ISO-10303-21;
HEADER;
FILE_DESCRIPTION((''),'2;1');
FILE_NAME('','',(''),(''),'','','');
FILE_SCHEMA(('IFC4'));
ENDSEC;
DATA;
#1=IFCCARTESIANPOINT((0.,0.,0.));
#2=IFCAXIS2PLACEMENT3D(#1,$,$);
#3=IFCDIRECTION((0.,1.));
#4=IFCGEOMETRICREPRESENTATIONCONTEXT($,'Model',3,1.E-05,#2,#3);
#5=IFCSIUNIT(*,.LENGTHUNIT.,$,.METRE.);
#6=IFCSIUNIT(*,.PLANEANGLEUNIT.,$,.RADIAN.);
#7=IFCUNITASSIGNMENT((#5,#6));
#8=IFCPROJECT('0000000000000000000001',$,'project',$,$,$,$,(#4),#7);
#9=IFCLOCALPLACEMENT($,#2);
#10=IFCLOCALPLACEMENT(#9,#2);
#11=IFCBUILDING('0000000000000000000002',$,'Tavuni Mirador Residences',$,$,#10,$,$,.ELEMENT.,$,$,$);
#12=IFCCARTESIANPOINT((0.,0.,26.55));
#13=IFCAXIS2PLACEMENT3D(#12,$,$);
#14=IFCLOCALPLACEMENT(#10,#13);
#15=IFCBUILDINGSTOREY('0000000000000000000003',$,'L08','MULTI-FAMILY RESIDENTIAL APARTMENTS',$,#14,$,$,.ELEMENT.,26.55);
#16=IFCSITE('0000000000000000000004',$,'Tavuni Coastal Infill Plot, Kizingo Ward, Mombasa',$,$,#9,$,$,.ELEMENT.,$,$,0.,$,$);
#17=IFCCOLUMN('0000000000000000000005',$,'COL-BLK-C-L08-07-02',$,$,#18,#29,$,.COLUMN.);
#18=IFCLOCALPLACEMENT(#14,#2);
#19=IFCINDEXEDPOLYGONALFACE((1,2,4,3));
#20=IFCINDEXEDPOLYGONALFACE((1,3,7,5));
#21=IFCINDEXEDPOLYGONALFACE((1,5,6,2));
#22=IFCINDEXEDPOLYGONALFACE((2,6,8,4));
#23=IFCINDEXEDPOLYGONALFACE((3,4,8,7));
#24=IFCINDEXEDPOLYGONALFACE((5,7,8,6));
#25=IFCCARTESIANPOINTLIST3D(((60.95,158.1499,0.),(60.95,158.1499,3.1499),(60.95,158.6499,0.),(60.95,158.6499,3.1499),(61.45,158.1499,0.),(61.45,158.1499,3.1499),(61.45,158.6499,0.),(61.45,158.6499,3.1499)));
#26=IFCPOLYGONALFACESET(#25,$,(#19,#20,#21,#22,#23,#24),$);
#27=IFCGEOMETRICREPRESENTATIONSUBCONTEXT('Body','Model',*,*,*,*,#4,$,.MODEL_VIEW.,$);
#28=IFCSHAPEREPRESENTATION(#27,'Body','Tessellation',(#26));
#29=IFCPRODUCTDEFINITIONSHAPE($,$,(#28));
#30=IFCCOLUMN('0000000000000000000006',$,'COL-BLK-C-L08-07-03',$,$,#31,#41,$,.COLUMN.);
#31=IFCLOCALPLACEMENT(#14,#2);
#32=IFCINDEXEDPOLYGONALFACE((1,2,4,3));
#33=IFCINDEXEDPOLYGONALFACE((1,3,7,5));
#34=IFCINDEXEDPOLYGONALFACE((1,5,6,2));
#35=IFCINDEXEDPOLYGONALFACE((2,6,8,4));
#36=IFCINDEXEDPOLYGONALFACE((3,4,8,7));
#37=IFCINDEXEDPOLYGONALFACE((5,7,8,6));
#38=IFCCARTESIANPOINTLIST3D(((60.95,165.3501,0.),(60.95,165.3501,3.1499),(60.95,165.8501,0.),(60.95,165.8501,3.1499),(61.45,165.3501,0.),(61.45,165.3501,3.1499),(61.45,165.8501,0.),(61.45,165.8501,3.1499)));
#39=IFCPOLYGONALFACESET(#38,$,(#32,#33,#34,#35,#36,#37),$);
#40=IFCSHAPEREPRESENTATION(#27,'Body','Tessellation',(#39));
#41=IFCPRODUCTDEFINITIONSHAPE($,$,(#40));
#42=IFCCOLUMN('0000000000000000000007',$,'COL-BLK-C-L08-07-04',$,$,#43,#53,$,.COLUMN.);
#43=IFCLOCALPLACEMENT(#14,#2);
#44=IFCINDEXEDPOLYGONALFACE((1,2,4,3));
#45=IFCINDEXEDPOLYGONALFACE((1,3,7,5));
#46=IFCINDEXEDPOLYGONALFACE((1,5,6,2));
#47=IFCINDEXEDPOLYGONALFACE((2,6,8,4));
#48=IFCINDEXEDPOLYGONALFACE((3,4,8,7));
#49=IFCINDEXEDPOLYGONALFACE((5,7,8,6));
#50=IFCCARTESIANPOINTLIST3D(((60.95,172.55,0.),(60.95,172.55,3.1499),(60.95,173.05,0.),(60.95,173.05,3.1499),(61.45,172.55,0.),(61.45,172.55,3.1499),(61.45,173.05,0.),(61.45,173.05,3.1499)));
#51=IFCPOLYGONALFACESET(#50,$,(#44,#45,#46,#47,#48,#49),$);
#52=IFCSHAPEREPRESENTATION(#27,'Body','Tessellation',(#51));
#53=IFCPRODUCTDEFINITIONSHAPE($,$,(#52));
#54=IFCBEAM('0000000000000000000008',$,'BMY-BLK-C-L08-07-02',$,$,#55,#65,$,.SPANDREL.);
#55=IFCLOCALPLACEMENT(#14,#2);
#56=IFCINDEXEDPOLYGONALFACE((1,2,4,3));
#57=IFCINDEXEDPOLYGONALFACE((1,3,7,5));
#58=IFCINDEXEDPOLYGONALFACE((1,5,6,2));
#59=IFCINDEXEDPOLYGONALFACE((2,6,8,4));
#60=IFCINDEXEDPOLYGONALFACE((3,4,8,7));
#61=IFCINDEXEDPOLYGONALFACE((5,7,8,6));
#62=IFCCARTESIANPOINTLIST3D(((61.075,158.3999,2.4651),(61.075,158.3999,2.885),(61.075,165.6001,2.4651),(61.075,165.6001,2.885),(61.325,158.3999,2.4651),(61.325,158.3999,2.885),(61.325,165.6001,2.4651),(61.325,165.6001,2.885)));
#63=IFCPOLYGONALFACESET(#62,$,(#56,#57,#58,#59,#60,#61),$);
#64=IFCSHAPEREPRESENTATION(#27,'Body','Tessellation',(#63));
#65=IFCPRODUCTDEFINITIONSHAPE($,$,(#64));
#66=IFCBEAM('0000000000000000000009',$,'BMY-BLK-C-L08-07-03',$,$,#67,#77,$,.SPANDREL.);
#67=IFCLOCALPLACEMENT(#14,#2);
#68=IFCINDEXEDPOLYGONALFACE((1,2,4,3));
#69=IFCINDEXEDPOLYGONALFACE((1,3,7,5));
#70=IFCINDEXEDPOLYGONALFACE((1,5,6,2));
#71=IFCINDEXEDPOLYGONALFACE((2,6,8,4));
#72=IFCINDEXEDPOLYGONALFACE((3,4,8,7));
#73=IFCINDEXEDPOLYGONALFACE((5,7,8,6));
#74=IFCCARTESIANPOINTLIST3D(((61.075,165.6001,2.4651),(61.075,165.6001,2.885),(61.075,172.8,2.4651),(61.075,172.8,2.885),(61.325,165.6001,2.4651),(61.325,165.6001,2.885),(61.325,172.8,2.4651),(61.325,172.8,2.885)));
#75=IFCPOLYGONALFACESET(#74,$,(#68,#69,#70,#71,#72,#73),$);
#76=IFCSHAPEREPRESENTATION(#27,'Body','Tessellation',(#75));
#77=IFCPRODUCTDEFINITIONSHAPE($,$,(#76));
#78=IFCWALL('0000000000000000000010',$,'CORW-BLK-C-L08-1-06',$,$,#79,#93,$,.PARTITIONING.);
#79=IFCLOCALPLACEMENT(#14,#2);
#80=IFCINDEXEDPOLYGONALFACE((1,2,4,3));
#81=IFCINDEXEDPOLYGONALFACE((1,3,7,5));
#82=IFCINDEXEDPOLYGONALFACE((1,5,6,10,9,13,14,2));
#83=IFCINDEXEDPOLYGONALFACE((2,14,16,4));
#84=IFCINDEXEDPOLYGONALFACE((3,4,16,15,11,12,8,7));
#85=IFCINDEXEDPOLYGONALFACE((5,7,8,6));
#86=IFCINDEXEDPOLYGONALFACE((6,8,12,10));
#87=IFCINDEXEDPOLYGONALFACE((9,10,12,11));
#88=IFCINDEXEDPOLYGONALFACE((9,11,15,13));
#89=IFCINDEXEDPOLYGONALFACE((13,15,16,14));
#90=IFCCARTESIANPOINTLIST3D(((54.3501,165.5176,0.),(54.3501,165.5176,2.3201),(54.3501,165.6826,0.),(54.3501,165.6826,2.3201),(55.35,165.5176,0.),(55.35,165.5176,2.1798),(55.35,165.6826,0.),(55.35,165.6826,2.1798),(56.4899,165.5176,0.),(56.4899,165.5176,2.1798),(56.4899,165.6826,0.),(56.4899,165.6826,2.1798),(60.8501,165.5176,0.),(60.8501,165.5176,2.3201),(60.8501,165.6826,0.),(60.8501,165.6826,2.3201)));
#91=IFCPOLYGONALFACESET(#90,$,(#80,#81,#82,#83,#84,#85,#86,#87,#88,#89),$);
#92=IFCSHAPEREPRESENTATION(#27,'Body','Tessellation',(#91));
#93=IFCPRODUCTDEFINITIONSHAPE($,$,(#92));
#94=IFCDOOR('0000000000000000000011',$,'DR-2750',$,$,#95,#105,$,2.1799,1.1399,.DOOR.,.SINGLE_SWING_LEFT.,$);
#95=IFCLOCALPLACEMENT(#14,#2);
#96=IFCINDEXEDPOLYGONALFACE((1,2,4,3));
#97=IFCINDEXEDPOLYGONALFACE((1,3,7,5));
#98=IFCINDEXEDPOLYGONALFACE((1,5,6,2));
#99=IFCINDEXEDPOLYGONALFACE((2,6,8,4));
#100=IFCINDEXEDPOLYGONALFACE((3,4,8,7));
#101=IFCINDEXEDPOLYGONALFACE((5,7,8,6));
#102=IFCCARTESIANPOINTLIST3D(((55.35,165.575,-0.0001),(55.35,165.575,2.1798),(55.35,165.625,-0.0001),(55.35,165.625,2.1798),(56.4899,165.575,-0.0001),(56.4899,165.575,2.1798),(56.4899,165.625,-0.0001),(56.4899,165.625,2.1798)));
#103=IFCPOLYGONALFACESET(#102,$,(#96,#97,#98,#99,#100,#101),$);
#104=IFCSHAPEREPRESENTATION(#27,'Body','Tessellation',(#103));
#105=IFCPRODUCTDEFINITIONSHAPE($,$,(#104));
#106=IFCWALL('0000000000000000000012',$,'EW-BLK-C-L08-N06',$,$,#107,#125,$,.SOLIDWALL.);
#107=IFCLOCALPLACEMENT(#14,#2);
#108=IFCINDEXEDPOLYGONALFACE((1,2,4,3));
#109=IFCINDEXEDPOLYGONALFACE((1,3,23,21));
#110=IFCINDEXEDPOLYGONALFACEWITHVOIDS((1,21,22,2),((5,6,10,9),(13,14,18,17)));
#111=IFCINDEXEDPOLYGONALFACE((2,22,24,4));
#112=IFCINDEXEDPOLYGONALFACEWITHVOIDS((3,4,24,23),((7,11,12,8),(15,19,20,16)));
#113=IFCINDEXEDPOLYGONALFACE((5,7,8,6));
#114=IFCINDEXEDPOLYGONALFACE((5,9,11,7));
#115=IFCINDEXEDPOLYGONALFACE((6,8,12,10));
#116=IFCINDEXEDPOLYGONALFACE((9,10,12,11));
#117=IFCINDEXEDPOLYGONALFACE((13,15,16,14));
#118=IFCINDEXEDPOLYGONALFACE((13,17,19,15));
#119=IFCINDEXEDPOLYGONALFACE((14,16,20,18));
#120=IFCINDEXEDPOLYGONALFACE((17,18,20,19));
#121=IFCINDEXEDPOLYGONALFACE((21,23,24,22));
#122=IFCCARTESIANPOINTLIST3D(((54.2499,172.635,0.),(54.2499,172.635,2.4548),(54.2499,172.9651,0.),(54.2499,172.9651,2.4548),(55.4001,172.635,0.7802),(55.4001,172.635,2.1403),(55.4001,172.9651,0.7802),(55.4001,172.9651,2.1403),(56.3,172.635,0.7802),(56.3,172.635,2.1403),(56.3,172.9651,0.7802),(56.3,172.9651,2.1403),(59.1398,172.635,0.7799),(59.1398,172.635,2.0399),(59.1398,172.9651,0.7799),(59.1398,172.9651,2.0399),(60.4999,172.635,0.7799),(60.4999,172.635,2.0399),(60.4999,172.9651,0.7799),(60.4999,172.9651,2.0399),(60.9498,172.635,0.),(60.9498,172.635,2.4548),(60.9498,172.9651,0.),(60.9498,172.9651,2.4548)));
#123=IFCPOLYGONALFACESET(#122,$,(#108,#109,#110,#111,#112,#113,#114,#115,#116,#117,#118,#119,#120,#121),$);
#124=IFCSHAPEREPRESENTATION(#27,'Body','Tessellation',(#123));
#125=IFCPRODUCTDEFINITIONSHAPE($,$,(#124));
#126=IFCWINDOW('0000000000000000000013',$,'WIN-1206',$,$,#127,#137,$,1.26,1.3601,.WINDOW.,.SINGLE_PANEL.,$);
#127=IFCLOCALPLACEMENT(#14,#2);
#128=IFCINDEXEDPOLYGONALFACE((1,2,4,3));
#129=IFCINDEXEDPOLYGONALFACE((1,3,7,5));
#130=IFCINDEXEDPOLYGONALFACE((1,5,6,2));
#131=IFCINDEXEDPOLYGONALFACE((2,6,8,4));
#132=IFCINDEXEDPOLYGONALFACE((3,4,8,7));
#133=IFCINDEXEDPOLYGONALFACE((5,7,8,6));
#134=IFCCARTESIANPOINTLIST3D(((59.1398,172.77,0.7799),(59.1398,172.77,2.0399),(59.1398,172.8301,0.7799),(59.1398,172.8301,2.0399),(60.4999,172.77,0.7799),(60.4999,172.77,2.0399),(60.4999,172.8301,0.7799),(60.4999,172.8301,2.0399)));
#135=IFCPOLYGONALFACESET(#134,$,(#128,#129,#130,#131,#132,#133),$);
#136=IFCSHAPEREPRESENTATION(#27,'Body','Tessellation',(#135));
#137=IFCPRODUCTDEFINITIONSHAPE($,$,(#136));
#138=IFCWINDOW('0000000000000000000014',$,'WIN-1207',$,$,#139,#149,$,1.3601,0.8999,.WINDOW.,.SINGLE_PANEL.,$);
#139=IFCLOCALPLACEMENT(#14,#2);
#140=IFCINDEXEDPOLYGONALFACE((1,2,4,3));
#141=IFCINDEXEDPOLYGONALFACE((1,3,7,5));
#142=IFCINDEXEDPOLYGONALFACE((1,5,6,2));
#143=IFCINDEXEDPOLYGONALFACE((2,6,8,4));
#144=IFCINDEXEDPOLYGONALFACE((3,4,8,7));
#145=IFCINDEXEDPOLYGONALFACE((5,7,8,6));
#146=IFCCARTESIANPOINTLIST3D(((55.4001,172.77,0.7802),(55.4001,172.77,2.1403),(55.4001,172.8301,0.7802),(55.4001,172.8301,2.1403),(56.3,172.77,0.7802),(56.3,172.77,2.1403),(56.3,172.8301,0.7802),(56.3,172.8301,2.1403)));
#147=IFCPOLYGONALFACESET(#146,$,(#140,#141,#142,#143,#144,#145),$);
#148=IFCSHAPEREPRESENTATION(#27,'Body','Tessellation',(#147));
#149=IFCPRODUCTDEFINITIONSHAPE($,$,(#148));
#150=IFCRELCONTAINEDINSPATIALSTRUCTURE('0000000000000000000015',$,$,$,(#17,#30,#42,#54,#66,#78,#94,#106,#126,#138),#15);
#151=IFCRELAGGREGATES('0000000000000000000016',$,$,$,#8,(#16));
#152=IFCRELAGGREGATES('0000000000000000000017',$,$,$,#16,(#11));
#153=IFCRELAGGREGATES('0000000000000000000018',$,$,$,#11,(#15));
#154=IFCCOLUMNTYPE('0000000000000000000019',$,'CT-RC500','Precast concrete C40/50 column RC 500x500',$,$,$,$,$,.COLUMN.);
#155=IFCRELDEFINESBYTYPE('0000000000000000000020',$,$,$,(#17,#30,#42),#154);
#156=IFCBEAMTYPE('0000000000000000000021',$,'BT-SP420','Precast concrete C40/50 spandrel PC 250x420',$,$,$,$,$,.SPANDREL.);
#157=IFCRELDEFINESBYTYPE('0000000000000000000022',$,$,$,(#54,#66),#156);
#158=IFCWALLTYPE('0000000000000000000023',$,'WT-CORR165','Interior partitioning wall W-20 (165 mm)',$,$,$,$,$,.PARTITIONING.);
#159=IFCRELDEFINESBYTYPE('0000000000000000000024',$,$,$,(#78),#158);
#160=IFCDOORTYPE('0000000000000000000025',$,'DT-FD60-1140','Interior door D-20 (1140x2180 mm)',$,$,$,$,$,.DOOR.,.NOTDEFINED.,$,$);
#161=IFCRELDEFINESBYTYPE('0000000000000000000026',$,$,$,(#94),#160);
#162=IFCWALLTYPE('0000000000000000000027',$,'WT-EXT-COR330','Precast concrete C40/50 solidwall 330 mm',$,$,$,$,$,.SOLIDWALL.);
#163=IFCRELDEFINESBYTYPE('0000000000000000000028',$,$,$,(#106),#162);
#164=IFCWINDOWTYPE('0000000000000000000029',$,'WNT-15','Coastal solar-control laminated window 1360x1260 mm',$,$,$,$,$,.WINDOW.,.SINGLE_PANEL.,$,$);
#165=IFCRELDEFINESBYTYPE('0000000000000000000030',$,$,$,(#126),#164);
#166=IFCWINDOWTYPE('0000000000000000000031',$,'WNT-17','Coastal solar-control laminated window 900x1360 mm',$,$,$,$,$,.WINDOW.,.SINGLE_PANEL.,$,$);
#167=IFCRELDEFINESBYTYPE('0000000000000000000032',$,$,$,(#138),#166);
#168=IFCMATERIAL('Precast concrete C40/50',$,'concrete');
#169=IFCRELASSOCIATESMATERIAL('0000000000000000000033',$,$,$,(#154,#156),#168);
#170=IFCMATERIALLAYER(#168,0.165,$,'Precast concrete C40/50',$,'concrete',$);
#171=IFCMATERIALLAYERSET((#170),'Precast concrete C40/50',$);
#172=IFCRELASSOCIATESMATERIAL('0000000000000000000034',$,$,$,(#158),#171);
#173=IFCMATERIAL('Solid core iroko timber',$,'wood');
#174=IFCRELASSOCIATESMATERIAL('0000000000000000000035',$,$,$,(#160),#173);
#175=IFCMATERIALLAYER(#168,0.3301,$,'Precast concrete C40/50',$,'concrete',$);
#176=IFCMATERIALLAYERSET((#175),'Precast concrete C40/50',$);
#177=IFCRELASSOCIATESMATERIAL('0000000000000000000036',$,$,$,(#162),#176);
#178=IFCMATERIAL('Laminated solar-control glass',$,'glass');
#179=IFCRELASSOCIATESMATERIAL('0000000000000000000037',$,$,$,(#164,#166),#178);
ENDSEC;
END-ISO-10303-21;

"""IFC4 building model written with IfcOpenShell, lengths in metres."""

from ifc_helpers import new_model, si_unit, direction, frame, frame_2d, origin, origin_2d, place, context, subcontext, project, spatial, rectangle, extrude, material, layer, layer_set, material_profile, profile_set, type_object, element, fill, save


model = new_model("IFC4")

# Units and contexts
model_context = context("Model", 3, precision=1e-05, world=origin(), true_north=direction((0.0, 1.0)))
body_context = subcontext(model_context, "Body", "Model", "MODEL_VIEW")
ifc_project = project(units=[si_unit("LENGTHUNIT", "METRE"), si_unit("PLANEANGLEUNIT", "RADIAN")], contexts=[model_context])

# Site, building, storey
site_placement = place(None, origin())
site = spatial("IfcSite", under=ifc_project, at=site_placement, Name="Tavuni Coastal Infill Plot, Kizingo Ward, Mombasa", CompositionType="ELEMENT", RefElevation=0.0)
building_placement = place(site_placement, origin())
building = spatial("IfcBuilding", under=site, at=building_placement, Name="Tavuni Mirador Residences", CompositionType="ELEMENT")
storey_placement = place(building_placement, frame((0.0, 0.0, 26.55)))
storey = spatial("IfcBuildingStorey", under=building, at=storey_placement, Name="L08", Description="MULTI-FAMILY RESIDENTIAL APARTMENTS", CompositionType="ELEMENT", Elevation=26.55)

# Columns
ifc_material_1 = material(Name="Precast concrete C40/50", Category="concrete")
ifc_material_profile_1 = material_profile(ifc_material_1, rectangle(XDim=0.5, YDim=0.5, at=origin_2d()), Name="RC 500x500", Category="concrete")
ifc_profile_set_1 = profile_set([ifc_material_profile_1], Name="Precast concrete C40/50")
column_type = type_object("IfcColumnType", Name="CT-RC500", Description="Precast concrete C40/50 column RC 500x500", PredefinedType="COLUMN", material=ifc_profile_set_1)
for number, where, z_axis, x_axis, name in (
    (1, (61.2, 158.3999, 0.0), (0.0, 0.0, 1.0), (1.0, 0.0, 0.0), "COL-BLK-C-L08-07-02"),
    (2, (61.2, 165.6001, 0.0), (0.0, 0.0, 1.0), (1.0, 0.0, 0.0), "COL-BLK-C-L08-07-03"),
    (3, (61.2, 172.8, 0.0), (0.0, 0.0, 1.0), (1.0, 0.0, 0.0), "COL-BLK-C-L08-07-04"),
):
    element("IfcColumn", number, at=place(storey_placement, frame(where, z_axis=z_axis, x_axis=x_axis)), inside=storey, type_object=column_type, Name=name, PredefinedType="COLUMN", context=body_context, shape_type="SweptSolid", body=[
        extrude(rectangle(XDim=0.5, YDim=0.5, at=origin_2d()), origin(), (0.0, 0.0, 1.0), 3.1499),
    ])

# Beams
ifc_material_profile_2 = material_profile(ifc_material_1, rectangle(XDim=0.25, YDim=0.4199, at=origin_2d()), Name="PC 250x420", Category="concrete")
ifc_profile_set_2 = profile_set([ifc_material_profile_2], Name="Precast concrete C40/50")
beam_type = type_object("IfcBeamType", Name="BT-SP420", Description="Precast concrete C40/50 spandrel PC 250x420", PredefinedType="SPANDREL", material=ifc_profile_set_2)
beam_1_placement = place(storey_placement, frame((61.2, 158.3999, 2.675), z_axis=(0.0, 1.0, 0.0), x_axis=(-1.0, 0.0, 0.0)))
element("IfcBeam", 4, at=beam_1_placement, inside=storey, type_object=beam_type, Name="BMY-BLK-C-L08-07-02", PredefinedType="SPANDREL", context=body_context, shape_type="SweptSolid", body=[
    extrude(rectangle(XDim=0.25, YDim=0.4199, at=origin_2d()), origin(), (0.0, 0.0, 1.0), 7.2002),
])
beam_2_placement = place(storey_placement, frame((61.2, 165.6001, 2.675), z_axis=(0.0, 1.0, 0.0), x_axis=(-1.0, 0.0, 0.0)))
element("IfcBeam", 5, at=beam_2_placement, inside=storey, type_object=beam_type, Name="BMY-BLK-C-L08-07-03", PredefinedType="SPANDREL", context=body_context, shape_type="SweptSolid", body=[
    extrude(rectangle(XDim=0.25, YDim=0.4199, at=origin_2d()), origin(), (0.0, 0.0, 1.0), 7.2),
])

# Wall, opening, door
ifc_layer_1 = layer(ifc_material_1, 0.165, Name="Precast concrete C40/50", Category="concrete")
ifc_layer_set_1 = layer_set([ifc_layer_1], Name="Precast concrete C40/50")
wall_type_1 = type_object("IfcWallType", Name="WT-CORR165", Description="Interior partitioning wall W-20 (165 mm)", PredefinedType="PARTITIONING", material=ifc_layer_set_1)
wall_1_placement = place(storey_placement, frame((54.3501, 165.6001, 0.0), z_axis=(0.0, 0.0, 1.0), x_axis=(1.0, 0.0, 0.0)))
wall_1 = element("IfcWall", 6, at=wall_1_placement, inside=storey, type_object=wall_type_1, Name="CORW-BLK-C-L08-1-06", PredefinedType="PARTITIONING", context=body_context, shape_type="SweptSolid", body=[
    extrude(rectangle(XDim=6.5, YDim=0.165, at=frame_2d((3.25, 0.0))), origin(), (0.0, 0.0, 1.0), 2.3201),
])
opening_1_placement = place(wall_1_placement, frame((1.0, 0.0, 0.0)))
opening_1 = element("IfcOpeningElement", 7, at=opening_1_placement, cuts=wall_1, PredefinedType="OPENING", context=body_context, shape_type="SweptSolid", body=[
    extrude(rectangle(XDim=1.1399, YDim=2.1799, at=frame_2d((0.5698, 1.0898))), frame((0.0, 0.0925, 0.0), z_axis=(0.0, -1.0, 0.0), x_axis=(1.0, 0.0, 0.0)), (0.0, 0.0, 1.0), 0.1851),
])
ifc_material_2 = material(Name="Solid core iroko timber", Category="wood")
door_type_1 = type_object("IfcDoorType", Name="DT-FD60-1140", Description="Interior door D-20 (1140x2180 mm)", OperationType="NOTDEFINED", PredefinedType="DOOR", material=ifc_material_2)
door_1_placement = place(opening_1_placement, origin())
door_1 = element("IfcDoor", 8, at=door_1_placement, inside=storey, type_object=door_type_1, Name="DR-2750", OperationType="SINGLE_SWING_LEFT", OverallHeight=2.1799, OverallWidth=1.1399, PredefinedType="DOOR", context=body_context, shape_type="SweptSolid", body=[
    extrude(rectangle(XDim=1.1399, YDim=2.1799, at=frame_2d((0.5698, 1.0898))), frame((0.0, 0.0249, 0.0), z_axis=(0.0, -1.0, 0.0), x_axis=(1.0, 0.0, 0.0)), (0.0, 0.0, 1.0), 0.05),
])
fill(opening_1, door_1)

# Wall, openings, windows
ifc_layer_2 = layer(ifc_material_1, 0.3301, Name="Precast concrete C40/50", Category="concrete")
ifc_layer_set_2 = layer_set([ifc_layer_2], Name="Precast concrete C40/50")
wall_type_2 = type_object("IfcWallType", Name="WT-EXT-COR330", Description="Precast concrete C40/50 solidwall 330 mm", PredefinedType="SOLIDWALL", material=ifc_layer_set_2)
wall_2_placement = place(storey_placement, frame((60.95, 172.8, 0.0), z_axis=(0.0, 0.0, 1.0), x_axis=(-1.0, 0.0, 0.0)))
wall_2 = element("IfcWall", 9, at=wall_2_placement, inside=storey, type_object=wall_type_2, Name="EW-BLK-C-L08-N06", PredefinedType="SOLIDWALL", context=body_context, shape_type="SweptSolid", body=[
    extrude(rectangle(XDim=6.7, YDim=0.3301, at=frame_2d((3.3501, 0.0))), origin(), (0.0, 0.0, 1.0), 2.4548),
])
opening_2_placement = place(wall_2_placement, frame((0.45, 0.0, 0.78)))
opening_2 = element("IfcOpeningElement", 10, at=opening_2_placement, cuts=wall_2, PredefinedType="OPENING", context=body_context, shape_type="SweptSolid", body=[
    extrude(rectangle(XDim=1.3601, YDim=1.26, at=frame_2d((0.6802, 0.6299))), frame((0.0, 0.175, 0.0), z_axis=(0.0, -1.0, 0.0), x_axis=(1.0, 0.0, 0.0)), (0.0, 0.0, 1.0), 0.3501),
])
opening_3_placement = place(wall_2_placement, frame((4.6499, 0.0, 0.78)))
opening_3 = element("IfcOpeningElement", 11, at=opening_3_placement, cuts=wall_2, PredefinedType="OPENING", context=body_context, shape_type="SweptSolid", body=[
    extrude(rectangle(XDim=0.8999, YDim=1.3601, at=frame_2d((0.45, 0.6802))), frame((0.0, 0.175, 0.0), z_axis=(0.0, -1.0, 0.0), x_axis=(1.0, 0.0, 0.0)), (0.0, 0.0, 1.0), 0.3501),
])
ifc_material_3 = material(Name="Laminated solar-control glass", Category="glass")
window_type_1 = type_object("IfcWindowType", Name="WNT-15", Description="Coastal solar-control laminated window 1360x1260 mm", PartitioningType="SINGLE_PANEL", PredefinedType="WINDOW", material=ifc_material_3)
window_1_placement = place(opening_2_placement, origin())
window_1 = element("IfcWindow", 12, at=window_1_placement, inside=storey, type_object=window_type_1, Name="WIN-1206", OverallHeight=1.26, OverallWidth=1.3601, PartitioningType="SINGLE_PANEL", PredefinedType="WINDOW", context=body_context, shape_type="SweptSolid", body=[
    extrude(rectangle(XDim=1.3601, YDim=1.26, at=frame_2d((0.6802, 0.6299))), frame((0.0, 0.03, 0.0), z_axis=(0.0, -1.0, 0.0), x_axis=(1.0, 0.0, 0.0)), (0.0, 0.0, 1.0), 0.0601),
])
fill(opening_2, window_1)
window_type_2 = type_object("IfcWindowType", Name="WNT-17", Description="Coastal solar-control laminated window 900x1360 mm", PartitioningType="SINGLE_PANEL", PredefinedType="WINDOW", material=ifc_material_3)
window_2_placement = place(opening_3_placement, origin())
window_2 = element("IfcWindow", 13, at=window_2_placement, inside=storey, type_object=window_type_2, Name="WIN-1207", OverallHeight=1.3601, OverallWidth=0.8999, PartitioningType="SINGLE_PANEL", PredefinedType="WINDOW", context=body_context, shape_type="SweptSolid", body=[
    extrude(rectangle(XDim=0.8999, YDim=1.3601, at=frame_2d((0.45, 0.6802))), frame((0.0, 0.03, 0.0), z_axis=(0.0, -1.0, 0.0), x_axis=(1.0, 0.0, 0.0)), (0.0, 0.0, 1.0), 0.0601),
])
fill(opening_3, window_2)

save(model, "model.ifc")
